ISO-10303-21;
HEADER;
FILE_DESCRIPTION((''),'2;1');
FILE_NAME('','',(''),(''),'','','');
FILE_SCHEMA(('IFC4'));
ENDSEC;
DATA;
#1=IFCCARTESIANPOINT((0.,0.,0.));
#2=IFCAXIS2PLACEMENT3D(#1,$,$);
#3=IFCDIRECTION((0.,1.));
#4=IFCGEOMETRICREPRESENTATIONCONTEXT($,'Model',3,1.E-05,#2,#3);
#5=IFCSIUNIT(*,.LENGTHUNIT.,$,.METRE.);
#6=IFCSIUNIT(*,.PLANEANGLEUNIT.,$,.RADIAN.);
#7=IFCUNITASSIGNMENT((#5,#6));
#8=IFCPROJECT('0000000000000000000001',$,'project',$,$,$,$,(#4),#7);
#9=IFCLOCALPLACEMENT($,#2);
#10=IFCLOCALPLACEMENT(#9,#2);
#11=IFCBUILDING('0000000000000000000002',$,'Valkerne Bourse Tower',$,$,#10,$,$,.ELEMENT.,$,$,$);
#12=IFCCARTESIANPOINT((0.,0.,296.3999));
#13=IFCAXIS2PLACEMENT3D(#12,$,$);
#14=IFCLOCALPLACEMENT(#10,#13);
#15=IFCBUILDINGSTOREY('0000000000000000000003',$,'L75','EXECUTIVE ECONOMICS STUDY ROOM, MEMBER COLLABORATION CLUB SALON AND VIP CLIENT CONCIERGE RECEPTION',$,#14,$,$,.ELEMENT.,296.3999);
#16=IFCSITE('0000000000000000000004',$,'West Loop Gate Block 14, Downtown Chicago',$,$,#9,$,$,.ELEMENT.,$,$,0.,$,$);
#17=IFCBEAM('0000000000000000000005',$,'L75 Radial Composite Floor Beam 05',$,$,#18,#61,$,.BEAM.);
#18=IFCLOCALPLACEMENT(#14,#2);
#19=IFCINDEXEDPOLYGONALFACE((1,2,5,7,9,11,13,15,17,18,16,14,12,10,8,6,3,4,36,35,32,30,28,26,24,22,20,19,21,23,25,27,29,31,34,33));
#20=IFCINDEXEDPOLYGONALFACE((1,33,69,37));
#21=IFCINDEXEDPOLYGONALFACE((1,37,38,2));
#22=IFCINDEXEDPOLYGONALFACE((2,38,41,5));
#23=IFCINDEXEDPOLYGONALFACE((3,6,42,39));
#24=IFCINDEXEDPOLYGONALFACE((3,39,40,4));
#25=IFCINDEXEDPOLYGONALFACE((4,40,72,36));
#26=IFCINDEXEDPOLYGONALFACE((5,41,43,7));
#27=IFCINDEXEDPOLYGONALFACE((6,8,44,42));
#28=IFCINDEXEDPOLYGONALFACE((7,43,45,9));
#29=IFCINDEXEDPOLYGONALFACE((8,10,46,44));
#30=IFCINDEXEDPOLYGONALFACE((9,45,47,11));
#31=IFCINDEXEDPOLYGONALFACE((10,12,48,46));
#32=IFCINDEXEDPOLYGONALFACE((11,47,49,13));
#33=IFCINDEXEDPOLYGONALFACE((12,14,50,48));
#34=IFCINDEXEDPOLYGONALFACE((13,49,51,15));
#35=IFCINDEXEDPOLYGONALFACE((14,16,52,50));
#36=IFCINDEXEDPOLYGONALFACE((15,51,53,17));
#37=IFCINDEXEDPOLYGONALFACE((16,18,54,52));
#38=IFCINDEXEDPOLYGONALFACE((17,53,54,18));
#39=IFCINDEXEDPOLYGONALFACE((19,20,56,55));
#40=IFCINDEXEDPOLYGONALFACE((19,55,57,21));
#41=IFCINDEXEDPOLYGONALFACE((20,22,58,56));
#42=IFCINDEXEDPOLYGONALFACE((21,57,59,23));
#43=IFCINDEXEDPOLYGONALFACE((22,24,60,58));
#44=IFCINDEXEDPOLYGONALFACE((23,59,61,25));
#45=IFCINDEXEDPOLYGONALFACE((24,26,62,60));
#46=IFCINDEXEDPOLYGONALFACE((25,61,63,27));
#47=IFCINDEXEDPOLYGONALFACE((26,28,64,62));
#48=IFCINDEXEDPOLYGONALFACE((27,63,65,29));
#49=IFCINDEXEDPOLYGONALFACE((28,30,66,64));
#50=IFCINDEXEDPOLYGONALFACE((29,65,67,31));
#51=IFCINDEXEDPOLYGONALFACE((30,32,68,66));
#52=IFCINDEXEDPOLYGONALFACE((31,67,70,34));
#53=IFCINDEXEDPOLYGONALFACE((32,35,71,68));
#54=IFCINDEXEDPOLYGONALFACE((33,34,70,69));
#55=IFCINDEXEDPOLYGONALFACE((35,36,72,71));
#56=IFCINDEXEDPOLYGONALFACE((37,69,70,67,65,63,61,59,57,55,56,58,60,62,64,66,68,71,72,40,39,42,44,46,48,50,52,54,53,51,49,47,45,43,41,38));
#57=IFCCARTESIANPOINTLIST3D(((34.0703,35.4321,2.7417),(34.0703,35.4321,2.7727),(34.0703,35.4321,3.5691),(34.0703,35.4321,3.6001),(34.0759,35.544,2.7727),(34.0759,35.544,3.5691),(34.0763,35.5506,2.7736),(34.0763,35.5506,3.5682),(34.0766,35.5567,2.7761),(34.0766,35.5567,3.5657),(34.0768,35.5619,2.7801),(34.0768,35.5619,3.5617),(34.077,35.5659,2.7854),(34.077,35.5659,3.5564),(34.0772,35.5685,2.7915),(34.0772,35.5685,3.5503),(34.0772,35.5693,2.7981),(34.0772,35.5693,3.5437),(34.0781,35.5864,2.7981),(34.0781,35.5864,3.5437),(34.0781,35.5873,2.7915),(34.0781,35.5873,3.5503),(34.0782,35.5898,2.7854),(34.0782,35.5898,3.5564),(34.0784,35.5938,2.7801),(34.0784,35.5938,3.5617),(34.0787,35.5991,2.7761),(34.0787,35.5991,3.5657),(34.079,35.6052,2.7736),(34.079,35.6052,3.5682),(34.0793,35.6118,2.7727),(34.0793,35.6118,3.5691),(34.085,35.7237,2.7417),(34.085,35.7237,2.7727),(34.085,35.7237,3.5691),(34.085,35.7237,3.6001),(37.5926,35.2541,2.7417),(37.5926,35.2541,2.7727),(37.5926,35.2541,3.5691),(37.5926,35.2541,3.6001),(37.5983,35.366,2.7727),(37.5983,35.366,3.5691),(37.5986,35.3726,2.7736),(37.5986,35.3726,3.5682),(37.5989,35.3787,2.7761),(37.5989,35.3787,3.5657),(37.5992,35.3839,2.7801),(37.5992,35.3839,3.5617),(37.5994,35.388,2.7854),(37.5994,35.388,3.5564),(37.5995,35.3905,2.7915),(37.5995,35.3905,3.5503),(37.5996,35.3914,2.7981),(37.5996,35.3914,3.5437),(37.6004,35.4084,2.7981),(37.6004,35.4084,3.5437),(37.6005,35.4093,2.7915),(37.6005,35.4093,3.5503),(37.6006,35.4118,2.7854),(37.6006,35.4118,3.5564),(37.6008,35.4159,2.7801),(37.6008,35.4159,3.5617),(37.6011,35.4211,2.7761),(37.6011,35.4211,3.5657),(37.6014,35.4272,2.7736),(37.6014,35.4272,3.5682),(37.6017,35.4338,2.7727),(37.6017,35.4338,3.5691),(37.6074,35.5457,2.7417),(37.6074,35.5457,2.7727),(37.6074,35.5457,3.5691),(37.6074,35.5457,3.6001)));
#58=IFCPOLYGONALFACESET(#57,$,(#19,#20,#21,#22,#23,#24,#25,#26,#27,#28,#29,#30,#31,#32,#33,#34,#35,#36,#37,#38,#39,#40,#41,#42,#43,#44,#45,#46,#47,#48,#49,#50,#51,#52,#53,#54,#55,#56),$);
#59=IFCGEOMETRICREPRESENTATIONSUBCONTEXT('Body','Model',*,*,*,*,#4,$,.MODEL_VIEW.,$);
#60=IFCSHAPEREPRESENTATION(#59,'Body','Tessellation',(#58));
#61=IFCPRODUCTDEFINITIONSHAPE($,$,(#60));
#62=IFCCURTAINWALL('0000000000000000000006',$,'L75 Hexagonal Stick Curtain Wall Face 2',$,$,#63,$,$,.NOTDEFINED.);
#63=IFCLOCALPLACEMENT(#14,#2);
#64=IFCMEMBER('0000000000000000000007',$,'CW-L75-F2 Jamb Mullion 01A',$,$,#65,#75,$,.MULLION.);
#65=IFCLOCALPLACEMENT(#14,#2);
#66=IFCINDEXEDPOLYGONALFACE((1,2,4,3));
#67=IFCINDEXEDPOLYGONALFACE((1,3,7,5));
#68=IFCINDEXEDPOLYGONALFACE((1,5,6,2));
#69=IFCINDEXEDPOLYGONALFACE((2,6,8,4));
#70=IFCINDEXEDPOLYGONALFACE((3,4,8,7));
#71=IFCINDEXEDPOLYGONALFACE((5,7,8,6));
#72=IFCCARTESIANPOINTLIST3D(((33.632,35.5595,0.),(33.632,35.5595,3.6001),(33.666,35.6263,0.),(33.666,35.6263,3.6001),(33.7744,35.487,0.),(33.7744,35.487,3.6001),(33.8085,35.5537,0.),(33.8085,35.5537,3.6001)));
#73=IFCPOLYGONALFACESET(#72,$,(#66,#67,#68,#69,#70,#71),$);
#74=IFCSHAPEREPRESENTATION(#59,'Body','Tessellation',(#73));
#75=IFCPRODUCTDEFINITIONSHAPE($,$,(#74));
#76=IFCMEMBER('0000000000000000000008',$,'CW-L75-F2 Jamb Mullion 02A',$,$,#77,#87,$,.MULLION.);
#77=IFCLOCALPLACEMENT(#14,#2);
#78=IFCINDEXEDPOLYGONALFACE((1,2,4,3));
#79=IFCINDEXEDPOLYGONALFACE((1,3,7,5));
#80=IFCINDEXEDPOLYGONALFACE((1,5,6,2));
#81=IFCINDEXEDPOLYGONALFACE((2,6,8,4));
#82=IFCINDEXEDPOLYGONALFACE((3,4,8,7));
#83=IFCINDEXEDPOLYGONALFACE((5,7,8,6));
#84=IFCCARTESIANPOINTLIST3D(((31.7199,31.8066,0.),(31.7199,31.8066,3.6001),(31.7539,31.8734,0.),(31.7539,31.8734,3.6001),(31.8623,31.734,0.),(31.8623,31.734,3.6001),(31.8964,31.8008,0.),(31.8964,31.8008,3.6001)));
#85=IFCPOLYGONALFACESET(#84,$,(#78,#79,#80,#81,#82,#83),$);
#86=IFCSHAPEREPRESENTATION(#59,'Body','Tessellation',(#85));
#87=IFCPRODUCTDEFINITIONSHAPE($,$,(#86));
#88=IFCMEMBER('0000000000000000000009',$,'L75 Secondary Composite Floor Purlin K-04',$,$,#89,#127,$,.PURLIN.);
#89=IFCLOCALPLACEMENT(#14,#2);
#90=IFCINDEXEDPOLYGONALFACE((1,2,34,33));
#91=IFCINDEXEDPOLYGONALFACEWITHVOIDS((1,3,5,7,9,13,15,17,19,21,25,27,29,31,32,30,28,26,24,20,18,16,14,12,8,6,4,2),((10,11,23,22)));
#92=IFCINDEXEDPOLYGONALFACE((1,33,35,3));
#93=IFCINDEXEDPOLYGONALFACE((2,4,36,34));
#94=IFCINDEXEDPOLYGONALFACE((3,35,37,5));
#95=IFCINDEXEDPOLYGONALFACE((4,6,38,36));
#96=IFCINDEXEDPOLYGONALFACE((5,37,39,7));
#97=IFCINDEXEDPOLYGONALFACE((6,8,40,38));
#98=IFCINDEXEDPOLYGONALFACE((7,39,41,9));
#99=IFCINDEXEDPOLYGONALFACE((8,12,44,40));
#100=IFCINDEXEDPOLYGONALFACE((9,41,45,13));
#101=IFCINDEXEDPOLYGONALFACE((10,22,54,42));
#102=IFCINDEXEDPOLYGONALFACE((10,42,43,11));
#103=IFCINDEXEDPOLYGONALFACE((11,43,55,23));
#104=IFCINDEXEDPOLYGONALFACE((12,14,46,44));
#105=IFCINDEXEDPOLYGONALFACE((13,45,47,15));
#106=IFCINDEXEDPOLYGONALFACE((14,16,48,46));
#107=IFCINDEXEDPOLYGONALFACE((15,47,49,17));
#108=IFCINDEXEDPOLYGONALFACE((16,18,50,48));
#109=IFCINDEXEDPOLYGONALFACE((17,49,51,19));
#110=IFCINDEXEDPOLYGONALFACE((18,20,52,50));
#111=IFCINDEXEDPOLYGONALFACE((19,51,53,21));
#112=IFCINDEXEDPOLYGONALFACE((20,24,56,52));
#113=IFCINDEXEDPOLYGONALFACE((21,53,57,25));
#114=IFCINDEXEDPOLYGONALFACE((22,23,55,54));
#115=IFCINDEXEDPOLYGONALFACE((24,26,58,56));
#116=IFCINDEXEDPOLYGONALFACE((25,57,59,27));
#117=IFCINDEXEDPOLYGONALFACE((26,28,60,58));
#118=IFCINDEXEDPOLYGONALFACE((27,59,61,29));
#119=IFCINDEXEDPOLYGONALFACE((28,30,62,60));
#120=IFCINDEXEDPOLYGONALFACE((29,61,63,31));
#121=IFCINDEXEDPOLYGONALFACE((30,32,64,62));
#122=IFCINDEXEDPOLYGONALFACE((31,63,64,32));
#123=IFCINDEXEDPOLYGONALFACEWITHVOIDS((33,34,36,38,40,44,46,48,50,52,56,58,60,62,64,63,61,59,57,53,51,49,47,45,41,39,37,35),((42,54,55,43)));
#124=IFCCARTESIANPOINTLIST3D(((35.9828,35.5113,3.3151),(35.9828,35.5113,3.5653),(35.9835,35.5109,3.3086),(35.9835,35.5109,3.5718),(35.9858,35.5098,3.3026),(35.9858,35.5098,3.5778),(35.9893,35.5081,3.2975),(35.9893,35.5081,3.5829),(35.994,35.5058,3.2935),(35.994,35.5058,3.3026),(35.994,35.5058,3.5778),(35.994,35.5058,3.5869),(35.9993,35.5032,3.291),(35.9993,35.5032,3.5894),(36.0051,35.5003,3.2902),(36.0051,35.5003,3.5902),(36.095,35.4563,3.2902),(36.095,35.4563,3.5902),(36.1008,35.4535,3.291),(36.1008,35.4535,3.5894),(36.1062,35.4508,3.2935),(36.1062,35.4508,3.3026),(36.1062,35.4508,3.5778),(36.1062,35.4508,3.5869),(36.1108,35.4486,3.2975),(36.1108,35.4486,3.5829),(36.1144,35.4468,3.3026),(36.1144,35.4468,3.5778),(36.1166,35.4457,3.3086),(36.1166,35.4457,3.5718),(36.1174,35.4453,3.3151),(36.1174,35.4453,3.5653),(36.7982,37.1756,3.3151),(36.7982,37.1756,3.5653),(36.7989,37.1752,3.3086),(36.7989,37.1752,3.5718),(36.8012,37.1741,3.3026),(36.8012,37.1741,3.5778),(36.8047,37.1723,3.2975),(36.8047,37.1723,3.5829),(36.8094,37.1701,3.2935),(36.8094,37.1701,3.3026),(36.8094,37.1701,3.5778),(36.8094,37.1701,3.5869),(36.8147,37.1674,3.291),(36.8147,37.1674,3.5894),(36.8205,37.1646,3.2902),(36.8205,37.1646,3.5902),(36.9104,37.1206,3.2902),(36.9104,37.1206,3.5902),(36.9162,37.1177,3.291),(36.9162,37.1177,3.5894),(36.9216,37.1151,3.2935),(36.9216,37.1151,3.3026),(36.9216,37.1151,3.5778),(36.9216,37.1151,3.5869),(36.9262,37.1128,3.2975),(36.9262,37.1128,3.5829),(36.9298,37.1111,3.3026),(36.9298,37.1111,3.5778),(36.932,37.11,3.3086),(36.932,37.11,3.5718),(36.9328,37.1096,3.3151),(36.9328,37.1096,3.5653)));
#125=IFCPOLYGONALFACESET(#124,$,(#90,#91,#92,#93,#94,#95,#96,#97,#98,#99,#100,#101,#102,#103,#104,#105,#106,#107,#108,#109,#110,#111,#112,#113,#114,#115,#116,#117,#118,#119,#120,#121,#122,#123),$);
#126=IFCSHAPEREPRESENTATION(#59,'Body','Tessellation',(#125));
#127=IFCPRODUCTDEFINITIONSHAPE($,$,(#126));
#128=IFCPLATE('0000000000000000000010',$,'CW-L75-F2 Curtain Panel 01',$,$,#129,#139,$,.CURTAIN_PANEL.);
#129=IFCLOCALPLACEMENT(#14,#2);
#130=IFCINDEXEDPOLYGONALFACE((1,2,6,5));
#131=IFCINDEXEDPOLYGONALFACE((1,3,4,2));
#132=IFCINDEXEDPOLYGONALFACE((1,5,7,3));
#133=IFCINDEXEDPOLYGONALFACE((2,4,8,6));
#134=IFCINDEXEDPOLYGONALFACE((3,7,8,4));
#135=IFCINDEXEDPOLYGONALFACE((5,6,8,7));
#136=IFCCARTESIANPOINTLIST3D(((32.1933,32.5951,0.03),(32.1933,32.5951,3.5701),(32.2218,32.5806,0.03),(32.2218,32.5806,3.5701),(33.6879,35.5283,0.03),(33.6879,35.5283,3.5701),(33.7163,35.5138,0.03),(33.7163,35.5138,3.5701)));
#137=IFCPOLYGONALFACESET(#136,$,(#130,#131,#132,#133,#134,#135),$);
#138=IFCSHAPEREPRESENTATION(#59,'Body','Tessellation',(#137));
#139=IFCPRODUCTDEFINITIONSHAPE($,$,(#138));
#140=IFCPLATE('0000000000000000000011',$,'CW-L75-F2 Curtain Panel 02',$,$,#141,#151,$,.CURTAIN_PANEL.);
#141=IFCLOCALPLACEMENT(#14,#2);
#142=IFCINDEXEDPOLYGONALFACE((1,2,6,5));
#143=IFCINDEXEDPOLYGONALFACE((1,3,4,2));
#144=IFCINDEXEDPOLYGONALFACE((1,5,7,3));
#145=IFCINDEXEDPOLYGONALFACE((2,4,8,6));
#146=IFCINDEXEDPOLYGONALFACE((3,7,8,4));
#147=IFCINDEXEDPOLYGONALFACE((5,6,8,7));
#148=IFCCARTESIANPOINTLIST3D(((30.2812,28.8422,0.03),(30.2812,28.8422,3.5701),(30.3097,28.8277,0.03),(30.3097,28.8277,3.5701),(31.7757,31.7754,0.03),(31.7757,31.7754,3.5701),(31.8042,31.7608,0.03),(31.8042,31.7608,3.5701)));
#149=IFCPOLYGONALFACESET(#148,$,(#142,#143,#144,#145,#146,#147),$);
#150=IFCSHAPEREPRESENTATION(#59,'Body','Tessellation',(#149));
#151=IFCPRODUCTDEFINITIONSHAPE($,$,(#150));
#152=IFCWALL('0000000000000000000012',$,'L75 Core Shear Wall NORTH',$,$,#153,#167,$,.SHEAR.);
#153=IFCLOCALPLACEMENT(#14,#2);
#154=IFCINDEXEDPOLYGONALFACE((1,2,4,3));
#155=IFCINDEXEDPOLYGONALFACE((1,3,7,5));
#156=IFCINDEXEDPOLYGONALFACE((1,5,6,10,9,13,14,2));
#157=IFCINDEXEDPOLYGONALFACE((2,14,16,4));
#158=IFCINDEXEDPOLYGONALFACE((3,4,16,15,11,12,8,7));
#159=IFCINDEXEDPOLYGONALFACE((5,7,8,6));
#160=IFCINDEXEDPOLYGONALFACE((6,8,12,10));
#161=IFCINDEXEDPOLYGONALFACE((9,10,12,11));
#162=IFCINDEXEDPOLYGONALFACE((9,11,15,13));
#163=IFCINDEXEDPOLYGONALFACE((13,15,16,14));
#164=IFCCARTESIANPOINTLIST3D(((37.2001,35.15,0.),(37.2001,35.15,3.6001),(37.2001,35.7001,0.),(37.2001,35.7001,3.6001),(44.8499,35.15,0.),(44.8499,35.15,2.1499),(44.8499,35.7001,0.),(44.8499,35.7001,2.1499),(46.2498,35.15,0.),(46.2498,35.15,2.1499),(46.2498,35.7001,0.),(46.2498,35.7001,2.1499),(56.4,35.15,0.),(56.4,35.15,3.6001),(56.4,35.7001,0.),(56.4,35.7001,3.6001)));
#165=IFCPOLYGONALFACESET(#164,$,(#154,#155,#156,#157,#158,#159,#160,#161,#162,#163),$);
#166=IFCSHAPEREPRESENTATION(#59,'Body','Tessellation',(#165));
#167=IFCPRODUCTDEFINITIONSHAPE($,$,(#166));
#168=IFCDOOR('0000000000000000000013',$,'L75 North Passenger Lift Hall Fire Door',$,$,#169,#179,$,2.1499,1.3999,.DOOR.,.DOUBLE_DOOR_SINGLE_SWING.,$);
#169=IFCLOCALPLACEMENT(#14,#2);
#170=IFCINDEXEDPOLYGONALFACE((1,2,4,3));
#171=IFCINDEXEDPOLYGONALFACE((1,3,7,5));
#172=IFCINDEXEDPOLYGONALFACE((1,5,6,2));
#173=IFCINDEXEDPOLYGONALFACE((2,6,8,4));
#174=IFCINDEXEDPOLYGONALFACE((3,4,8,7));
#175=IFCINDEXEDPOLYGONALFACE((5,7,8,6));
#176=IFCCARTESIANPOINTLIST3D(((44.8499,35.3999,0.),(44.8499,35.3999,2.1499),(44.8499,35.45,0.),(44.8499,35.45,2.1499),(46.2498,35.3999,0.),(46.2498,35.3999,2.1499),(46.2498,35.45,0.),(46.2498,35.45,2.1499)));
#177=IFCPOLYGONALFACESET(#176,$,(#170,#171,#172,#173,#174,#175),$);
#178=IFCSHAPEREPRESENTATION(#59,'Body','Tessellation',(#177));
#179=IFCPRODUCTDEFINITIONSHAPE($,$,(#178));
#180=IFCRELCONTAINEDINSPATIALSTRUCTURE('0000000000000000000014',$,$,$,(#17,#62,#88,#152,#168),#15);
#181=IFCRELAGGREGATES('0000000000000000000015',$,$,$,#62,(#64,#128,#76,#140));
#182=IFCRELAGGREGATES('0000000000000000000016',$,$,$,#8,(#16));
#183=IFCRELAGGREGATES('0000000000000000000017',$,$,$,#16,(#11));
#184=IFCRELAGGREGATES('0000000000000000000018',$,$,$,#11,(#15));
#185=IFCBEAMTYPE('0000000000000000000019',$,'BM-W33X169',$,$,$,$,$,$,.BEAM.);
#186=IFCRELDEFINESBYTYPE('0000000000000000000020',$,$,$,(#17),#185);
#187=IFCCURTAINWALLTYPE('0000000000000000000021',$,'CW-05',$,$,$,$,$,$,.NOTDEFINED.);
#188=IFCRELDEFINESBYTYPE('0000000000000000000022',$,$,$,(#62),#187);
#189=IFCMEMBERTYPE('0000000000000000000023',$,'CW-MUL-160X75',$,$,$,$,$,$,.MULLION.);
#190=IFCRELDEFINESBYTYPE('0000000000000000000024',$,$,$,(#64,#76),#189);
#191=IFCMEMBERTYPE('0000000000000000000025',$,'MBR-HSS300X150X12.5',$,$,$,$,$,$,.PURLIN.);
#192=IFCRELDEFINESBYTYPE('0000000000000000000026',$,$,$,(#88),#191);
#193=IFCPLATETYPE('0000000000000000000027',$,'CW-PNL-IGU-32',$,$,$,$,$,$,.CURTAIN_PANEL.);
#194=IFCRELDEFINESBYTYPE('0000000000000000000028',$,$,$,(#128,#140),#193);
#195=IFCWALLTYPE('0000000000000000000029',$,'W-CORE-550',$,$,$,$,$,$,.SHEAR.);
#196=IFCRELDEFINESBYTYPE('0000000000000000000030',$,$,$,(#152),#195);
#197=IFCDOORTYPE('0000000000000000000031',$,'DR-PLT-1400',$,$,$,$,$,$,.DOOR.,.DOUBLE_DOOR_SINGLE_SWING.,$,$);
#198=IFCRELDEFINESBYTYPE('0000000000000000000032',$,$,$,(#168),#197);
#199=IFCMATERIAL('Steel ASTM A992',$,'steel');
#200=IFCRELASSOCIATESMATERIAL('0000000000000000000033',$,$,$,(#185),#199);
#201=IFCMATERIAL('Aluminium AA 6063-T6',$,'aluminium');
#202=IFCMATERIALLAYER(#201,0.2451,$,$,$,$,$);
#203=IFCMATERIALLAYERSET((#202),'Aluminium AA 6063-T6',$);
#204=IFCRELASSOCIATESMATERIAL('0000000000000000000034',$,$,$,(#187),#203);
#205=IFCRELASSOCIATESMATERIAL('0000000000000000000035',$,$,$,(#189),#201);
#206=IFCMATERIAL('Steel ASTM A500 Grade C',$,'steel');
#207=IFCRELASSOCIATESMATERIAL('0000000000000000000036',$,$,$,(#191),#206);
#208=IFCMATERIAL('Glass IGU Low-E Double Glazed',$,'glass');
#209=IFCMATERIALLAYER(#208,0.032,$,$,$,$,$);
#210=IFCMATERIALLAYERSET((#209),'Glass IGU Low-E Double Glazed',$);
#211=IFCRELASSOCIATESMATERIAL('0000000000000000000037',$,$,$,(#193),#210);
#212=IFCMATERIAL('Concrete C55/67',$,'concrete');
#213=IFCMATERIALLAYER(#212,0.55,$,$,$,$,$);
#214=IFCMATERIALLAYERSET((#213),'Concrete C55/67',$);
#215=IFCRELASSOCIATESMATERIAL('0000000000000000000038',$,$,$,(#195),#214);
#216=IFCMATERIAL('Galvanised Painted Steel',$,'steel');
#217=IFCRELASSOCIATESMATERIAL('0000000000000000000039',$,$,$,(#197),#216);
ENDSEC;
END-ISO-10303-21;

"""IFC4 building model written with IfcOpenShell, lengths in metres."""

from ifc_helpers import new_model, si_unit, direction, frame, frame_2d, origin, origin_2d, place, context, subcontext, project, spatial, rectangle, hollow_rectangle, i_section, extrude, material, layer, layer_set, material_profile, profile_set, type_object, element, fill, aggregate, save


model = new_model("IFC4")

# Units and contexts
model_context = context("Model", 3, precision=1e-05, world=origin(), true_north=direction((0.0, 1.0)))
body_context = subcontext(model_context, "Body", "Model", "MODEL_VIEW")
ifc_project = project(units=[si_unit("LENGTHUNIT", "METRE"), si_unit("PLANEANGLEUNIT", "RADIAN")], contexts=[model_context])

# Site, building, storey
site_placement = place(None, origin())
site = spatial("IfcSite", under=ifc_project, at=site_placement, Name="West Loop Gate Block 14, Downtown Chicago", CompositionType="ELEMENT", RefElevation=0.0)
building_placement = place(site_placement, origin())
building = spatial("IfcBuilding", under=site, at=building_placement, Name="Valkerne Bourse Tower", CompositionType="ELEMENT")
storey_placement = place(building_placement, frame((0.0, 0.0, 296.3999)))
storey = spatial("IfcBuildingStorey", under=building, at=storey_placement, Name="L75", Description="EXECUTIVE ECONOMICS STUDY ROOM, MEMBER COLLABORATION CLUB SALON AND VIP CLIENT CONCIERGE RECEPTION", CompositionType="ELEMENT", Elevation=296.3999)

# Beam
ifc_material_1 = material(Name="Steel ASTM A992", Category="steel")
ifc_material_profile_1 = material_profile(ifc_material_1, i_section(OverallWidth=0.292, OverallDepth=0.8584, WebThickness=0.0171, FlangeThickness=0.031, FilletRadius=0.0254, at=origin_2d()), Name="W33X169")
ifc_profile_set_1 = profile_set([ifc_material_profile_1], Name="Steel ASTM A992")
beam_type_1 = type_object("IfcBeamType", Name="BM-W33X169", PredefinedType="BEAM", material=ifc_profile_set_1)
beam_1_placement = place(storey_placement, frame((34.0776, 35.5779, 3.1709), z_axis=(0.998726, -0.050462, 0.0), x_axis=(0.050462, 0.998726, 0.0)))
element("IfcBeam", 1, at=beam_1_placement, inside=storey, type_object=beam_type_1, Name="L75 Radial Composite Floor Beam 05", PredefinedType="BEAM", context=body_context, shape_type="SweptSolid", body=[
    extrude(i_section(OverallWidth=0.292, OverallDepth=0.8584, WebThickness=0.0171, FlangeThickness=0.031, FilletRadius=0.0254, at=origin_2d()), origin(), (0.0, 0.0, 1.0), 3.5269),
])

# Curtain wall, members
ifc_material_2 = material(Name="Aluminium AA 6063-T6", Category="aluminium")
ifc_layer_1 = layer(ifc_material_2, 0.2451)
ifc_layer_set_1 = layer_set([ifc_layer_1], Name="Aluminium AA 6063-T6")
curtain_wall_type = type_object("IfcCurtainWallType", Name="CW-05", PredefinedType="NOTDEFINED", material=ifc_layer_set_1)
curtain_wall_placement = place(storey_placement, origin())
curtain_wall = element("IfcCurtainWall", 2, at=curtain_wall_placement, inside=storey, type_object=curtain_wall_type, Name="L75 Hexagonal Stick Curtain Wall Face 2", PredefinedType="NOTDEFINED")
ifc_material_profile_2 = material_profile(ifc_material_2, rectangle(XDim=0.075, YDim=0.1599, at=origin_2d()), Name="CWM-75X160")
ifc_profile_set_2 = profile_set([ifc_material_profile_2], Name="Aluminium AA 6063-T6")
member_type_1 = type_object("IfcMemberType", Name="CW-MUL-160X75", PredefinedType="MULLION", material=ifc_profile_set_2)
member_1_placement = place(storey_placement, frame((33.7202, 35.5566, 0.0), z_axis=(0.0, 0.0, 1.0), x_axis=(-0.453991, -0.891006, 0.0)))
member_1 = element("IfcMember", 3, at=member_1_placement, type_object=member_type_1, Name="CW-L75-F2 Jamb Mullion 01A", PredefinedType="MULLION", context=body_context, shape_type="SweptSolid", body=[
    extrude(rectangle(XDim=0.075, YDim=0.1599, at=origin_2d()), origin(), (0.0, 0.0, 1.0), 3.6001),
])
member_2_placement = place(storey_placement, frame((31.8081, 31.8037, 0.0), z_axis=(0.0, 0.0, 1.0), x_axis=(-0.453991, -0.891006, 0.0)))
member_2 = element("IfcMember", 4, at=member_2_placement, type_object=member_type_1, Name="CW-L75-F2 Jamb Mullion 02A", PredefinedType="MULLION", context=body_context, shape_type="SweptSolid", body=[
    extrude(rectangle(XDim=0.075, YDim=0.1599, at=origin_2d()), origin(), (0.0, 0.0, 1.0), 3.6001),
])

# Member
ifc_material_3 = material(Name="Steel ASTM A500 Grade C", Category="steel")
ifc_material_profile_3 = material_profile(ifc_material_3, hollow_rectangle(XDim=0.1499, YDim=0.3, WallThickness=0.0125, OuterFilletRadius=0.0249, at=origin_2d()), Name="HSS300X150X12.5")
ifc_profile_set_3 = profile_set([ifc_material_profile_3], Name="Steel ASTM A500 Grade C")
member_type_2 = type_object("IfcMemberType", Name="MBR-HSS300X150X12.5", PredefinedType="PURLIN", material=ifc_profile_set_3)
member_3_placement = place(storey_placement, frame((36.8655, 37.1426, 3.4402), z_axis=(-0.43998, -0.898007, 0.0), x_axis=(0.898007, -0.43998, 0.0)))
element("IfcMember", 5, at=member_3_placement, inside=storey, type_object=member_type_2, Name="L75 Secondary Composite Floor Purlin K-04", PredefinedType="PURLIN", context=body_context, shape_type="SweptSolid", body=[
    extrude(hollow_rectangle(XDim=0.1499, YDim=0.3, WallThickness=0.0125, OuterFilletRadius=0.0249, at=origin_2d()), origin(), (0.0, 0.0, 1.0), 1.8533),
])

# Plates
ifc_material_4 = material(Name="Glass IGU Low-E Double Glazed", Category="glass")
ifc_layer_2 = layer(ifc_material_4, 0.032)
ifc_layer_set_2 = layer_set([ifc_layer_2], Name="Glass IGU Low-E Double Glazed")
plate_type = type_object("IfcPlateType", Name="CW-PNL-IGU-32", PredefinedType="CURTAIN_PANEL", material=ifc_layer_set_2)
plate_1_placement = place(storey_placement, frame((32.9548, 34.0544, 0.03), z_axis=(0.0, 0.0, 1.0), x_axis=(-0.453991, -0.891006, 0.0)))
plate_1 = element("IfcPlate", 6, at=plate_1_placement, type_object=plate_type, Name="CW-L75-F2 Curtain Panel 01", PredefinedType="CURTAIN_PANEL", context=body_context, shape_type="SweptSolid", body=[
    extrude(rectangle(XDim=3.292, YDim=0.032, at=origin_2d()), origin(), (0.0, 0.0, 1.0), 3.54),
])
plate_2_placement = place(storey_placement, frame((31.0427, 30.3015, 0.03), z_axis=(0.0, 0.0, 1.0), x_axis=(-0.453991, -0.891006, 0.0)))
plate_2 = element("IfcPlate", 7, at=plate_2_placement, type_object=plate_type, Name="CW-L75-F2 Curtain Panel 02", PredefinedType="CURTAIN_PANEL", context=body_context, shape_type="SweptSolid", body=[
    extrude(rectangle(XDim=3.292, YDim=0.032, at=origin_2d()), origin(), (0.0, 0.0, 1.0), 3.54),
])
aggregate(curtain_wall, [member_1, plate_1, member_2, plate_2])

# Wall, opening, door
ifc_material_5 = material(Name="Concrete C55/67", Category="concrete")
ifc_layer_3 = layer(ifc_material_5, 0.55)
ifc_layer_set_3 = layer_set([ifc_layer_3], Name="Concrete C55/67")
wall_type_1 = type_object("IfcWallType", Name="W-CORE-550", PredefinedType="SHEAR", material=ifc_layer_set_3)
wall_1_placement = place(storey_placement, frame((37.2, 35.425, 0.0), z_axis=(0.0, 0.0, 1.0), x_axis=(1.0, 0.0, 0.0)))
wall_1 = element("IfcWall", 8, at=wall_1_placement, inside=storey, type_object=wall_type_1, Name="L75 Core Shear Wall NORTH", PredefinedType="SHEAR", context=body_context, shape_type="SweptSolid", body=[
    extrude(rectangle(XDim=19.2, YDim=0.55, at=frame_2d((9.6001, 0.0))), origin(), (0.0, 0.0, 1.0), 3.6001),
])
opening_1_placement = place(wall_1_placement, frame((7.6499, 0.0, 0.0)))
opening_1 = element("IfcOpeningElement", 9, at=opening_1_placement, cuts=wall_1, PredefinedType="OPENING", context=body_context, shape_type="SweptSolid", body=[
    extrude(rectangle(XDim=1.3999, YDim=2.1499, at=frame_2d((0.7, 1.075))), frame((0.0, 0.2849, 0.0), z_axis=(0.0, -1.0, 0.0), x_axis=(1.0, 0.0, 0.0)), (0.0, 0.0, 1.0), 0.5701),
])
ifc_material_6 = material(Name="Galvanised Painted Steel", Category="steel")
door_type_1 = type_object("IfcDoorType", Name="DR-PLT-1400", OperationType="DOUBLE_DOOR_SINGLE_SWING", PredefinedType="DOOR", material=ifc_material_6)
door_1_placement = place(opening_1_placement, origin())
door_1 = element("IfcDoor", 10, at=door_1_placement, inside=storey, type_object=door_type_1, Name="L75 North Passenger Lift Hall Fire Door", OperationType="DOUBLE_DOOR_SINGLE_SWING", OverallHeight=2.1499, OverallWidth=1.3999, PredefinedType="DOOR", context=body_context, shape_type="SweptSolid", body=[
    extrude(rectangle(XDim=1.3999, YDim=2.1499, at=frame_2d((0.7, 1.075))), frame((0.0, 0.0249, 0.0), z_axis=(0.0, -1.0, 0.0), x_axis=(1.0, 0.0, 0.0)), (0.0, 0.0, 1.0), 0.05),
])
fill(opening_1, door_1)

save(model, "model.ifc")
